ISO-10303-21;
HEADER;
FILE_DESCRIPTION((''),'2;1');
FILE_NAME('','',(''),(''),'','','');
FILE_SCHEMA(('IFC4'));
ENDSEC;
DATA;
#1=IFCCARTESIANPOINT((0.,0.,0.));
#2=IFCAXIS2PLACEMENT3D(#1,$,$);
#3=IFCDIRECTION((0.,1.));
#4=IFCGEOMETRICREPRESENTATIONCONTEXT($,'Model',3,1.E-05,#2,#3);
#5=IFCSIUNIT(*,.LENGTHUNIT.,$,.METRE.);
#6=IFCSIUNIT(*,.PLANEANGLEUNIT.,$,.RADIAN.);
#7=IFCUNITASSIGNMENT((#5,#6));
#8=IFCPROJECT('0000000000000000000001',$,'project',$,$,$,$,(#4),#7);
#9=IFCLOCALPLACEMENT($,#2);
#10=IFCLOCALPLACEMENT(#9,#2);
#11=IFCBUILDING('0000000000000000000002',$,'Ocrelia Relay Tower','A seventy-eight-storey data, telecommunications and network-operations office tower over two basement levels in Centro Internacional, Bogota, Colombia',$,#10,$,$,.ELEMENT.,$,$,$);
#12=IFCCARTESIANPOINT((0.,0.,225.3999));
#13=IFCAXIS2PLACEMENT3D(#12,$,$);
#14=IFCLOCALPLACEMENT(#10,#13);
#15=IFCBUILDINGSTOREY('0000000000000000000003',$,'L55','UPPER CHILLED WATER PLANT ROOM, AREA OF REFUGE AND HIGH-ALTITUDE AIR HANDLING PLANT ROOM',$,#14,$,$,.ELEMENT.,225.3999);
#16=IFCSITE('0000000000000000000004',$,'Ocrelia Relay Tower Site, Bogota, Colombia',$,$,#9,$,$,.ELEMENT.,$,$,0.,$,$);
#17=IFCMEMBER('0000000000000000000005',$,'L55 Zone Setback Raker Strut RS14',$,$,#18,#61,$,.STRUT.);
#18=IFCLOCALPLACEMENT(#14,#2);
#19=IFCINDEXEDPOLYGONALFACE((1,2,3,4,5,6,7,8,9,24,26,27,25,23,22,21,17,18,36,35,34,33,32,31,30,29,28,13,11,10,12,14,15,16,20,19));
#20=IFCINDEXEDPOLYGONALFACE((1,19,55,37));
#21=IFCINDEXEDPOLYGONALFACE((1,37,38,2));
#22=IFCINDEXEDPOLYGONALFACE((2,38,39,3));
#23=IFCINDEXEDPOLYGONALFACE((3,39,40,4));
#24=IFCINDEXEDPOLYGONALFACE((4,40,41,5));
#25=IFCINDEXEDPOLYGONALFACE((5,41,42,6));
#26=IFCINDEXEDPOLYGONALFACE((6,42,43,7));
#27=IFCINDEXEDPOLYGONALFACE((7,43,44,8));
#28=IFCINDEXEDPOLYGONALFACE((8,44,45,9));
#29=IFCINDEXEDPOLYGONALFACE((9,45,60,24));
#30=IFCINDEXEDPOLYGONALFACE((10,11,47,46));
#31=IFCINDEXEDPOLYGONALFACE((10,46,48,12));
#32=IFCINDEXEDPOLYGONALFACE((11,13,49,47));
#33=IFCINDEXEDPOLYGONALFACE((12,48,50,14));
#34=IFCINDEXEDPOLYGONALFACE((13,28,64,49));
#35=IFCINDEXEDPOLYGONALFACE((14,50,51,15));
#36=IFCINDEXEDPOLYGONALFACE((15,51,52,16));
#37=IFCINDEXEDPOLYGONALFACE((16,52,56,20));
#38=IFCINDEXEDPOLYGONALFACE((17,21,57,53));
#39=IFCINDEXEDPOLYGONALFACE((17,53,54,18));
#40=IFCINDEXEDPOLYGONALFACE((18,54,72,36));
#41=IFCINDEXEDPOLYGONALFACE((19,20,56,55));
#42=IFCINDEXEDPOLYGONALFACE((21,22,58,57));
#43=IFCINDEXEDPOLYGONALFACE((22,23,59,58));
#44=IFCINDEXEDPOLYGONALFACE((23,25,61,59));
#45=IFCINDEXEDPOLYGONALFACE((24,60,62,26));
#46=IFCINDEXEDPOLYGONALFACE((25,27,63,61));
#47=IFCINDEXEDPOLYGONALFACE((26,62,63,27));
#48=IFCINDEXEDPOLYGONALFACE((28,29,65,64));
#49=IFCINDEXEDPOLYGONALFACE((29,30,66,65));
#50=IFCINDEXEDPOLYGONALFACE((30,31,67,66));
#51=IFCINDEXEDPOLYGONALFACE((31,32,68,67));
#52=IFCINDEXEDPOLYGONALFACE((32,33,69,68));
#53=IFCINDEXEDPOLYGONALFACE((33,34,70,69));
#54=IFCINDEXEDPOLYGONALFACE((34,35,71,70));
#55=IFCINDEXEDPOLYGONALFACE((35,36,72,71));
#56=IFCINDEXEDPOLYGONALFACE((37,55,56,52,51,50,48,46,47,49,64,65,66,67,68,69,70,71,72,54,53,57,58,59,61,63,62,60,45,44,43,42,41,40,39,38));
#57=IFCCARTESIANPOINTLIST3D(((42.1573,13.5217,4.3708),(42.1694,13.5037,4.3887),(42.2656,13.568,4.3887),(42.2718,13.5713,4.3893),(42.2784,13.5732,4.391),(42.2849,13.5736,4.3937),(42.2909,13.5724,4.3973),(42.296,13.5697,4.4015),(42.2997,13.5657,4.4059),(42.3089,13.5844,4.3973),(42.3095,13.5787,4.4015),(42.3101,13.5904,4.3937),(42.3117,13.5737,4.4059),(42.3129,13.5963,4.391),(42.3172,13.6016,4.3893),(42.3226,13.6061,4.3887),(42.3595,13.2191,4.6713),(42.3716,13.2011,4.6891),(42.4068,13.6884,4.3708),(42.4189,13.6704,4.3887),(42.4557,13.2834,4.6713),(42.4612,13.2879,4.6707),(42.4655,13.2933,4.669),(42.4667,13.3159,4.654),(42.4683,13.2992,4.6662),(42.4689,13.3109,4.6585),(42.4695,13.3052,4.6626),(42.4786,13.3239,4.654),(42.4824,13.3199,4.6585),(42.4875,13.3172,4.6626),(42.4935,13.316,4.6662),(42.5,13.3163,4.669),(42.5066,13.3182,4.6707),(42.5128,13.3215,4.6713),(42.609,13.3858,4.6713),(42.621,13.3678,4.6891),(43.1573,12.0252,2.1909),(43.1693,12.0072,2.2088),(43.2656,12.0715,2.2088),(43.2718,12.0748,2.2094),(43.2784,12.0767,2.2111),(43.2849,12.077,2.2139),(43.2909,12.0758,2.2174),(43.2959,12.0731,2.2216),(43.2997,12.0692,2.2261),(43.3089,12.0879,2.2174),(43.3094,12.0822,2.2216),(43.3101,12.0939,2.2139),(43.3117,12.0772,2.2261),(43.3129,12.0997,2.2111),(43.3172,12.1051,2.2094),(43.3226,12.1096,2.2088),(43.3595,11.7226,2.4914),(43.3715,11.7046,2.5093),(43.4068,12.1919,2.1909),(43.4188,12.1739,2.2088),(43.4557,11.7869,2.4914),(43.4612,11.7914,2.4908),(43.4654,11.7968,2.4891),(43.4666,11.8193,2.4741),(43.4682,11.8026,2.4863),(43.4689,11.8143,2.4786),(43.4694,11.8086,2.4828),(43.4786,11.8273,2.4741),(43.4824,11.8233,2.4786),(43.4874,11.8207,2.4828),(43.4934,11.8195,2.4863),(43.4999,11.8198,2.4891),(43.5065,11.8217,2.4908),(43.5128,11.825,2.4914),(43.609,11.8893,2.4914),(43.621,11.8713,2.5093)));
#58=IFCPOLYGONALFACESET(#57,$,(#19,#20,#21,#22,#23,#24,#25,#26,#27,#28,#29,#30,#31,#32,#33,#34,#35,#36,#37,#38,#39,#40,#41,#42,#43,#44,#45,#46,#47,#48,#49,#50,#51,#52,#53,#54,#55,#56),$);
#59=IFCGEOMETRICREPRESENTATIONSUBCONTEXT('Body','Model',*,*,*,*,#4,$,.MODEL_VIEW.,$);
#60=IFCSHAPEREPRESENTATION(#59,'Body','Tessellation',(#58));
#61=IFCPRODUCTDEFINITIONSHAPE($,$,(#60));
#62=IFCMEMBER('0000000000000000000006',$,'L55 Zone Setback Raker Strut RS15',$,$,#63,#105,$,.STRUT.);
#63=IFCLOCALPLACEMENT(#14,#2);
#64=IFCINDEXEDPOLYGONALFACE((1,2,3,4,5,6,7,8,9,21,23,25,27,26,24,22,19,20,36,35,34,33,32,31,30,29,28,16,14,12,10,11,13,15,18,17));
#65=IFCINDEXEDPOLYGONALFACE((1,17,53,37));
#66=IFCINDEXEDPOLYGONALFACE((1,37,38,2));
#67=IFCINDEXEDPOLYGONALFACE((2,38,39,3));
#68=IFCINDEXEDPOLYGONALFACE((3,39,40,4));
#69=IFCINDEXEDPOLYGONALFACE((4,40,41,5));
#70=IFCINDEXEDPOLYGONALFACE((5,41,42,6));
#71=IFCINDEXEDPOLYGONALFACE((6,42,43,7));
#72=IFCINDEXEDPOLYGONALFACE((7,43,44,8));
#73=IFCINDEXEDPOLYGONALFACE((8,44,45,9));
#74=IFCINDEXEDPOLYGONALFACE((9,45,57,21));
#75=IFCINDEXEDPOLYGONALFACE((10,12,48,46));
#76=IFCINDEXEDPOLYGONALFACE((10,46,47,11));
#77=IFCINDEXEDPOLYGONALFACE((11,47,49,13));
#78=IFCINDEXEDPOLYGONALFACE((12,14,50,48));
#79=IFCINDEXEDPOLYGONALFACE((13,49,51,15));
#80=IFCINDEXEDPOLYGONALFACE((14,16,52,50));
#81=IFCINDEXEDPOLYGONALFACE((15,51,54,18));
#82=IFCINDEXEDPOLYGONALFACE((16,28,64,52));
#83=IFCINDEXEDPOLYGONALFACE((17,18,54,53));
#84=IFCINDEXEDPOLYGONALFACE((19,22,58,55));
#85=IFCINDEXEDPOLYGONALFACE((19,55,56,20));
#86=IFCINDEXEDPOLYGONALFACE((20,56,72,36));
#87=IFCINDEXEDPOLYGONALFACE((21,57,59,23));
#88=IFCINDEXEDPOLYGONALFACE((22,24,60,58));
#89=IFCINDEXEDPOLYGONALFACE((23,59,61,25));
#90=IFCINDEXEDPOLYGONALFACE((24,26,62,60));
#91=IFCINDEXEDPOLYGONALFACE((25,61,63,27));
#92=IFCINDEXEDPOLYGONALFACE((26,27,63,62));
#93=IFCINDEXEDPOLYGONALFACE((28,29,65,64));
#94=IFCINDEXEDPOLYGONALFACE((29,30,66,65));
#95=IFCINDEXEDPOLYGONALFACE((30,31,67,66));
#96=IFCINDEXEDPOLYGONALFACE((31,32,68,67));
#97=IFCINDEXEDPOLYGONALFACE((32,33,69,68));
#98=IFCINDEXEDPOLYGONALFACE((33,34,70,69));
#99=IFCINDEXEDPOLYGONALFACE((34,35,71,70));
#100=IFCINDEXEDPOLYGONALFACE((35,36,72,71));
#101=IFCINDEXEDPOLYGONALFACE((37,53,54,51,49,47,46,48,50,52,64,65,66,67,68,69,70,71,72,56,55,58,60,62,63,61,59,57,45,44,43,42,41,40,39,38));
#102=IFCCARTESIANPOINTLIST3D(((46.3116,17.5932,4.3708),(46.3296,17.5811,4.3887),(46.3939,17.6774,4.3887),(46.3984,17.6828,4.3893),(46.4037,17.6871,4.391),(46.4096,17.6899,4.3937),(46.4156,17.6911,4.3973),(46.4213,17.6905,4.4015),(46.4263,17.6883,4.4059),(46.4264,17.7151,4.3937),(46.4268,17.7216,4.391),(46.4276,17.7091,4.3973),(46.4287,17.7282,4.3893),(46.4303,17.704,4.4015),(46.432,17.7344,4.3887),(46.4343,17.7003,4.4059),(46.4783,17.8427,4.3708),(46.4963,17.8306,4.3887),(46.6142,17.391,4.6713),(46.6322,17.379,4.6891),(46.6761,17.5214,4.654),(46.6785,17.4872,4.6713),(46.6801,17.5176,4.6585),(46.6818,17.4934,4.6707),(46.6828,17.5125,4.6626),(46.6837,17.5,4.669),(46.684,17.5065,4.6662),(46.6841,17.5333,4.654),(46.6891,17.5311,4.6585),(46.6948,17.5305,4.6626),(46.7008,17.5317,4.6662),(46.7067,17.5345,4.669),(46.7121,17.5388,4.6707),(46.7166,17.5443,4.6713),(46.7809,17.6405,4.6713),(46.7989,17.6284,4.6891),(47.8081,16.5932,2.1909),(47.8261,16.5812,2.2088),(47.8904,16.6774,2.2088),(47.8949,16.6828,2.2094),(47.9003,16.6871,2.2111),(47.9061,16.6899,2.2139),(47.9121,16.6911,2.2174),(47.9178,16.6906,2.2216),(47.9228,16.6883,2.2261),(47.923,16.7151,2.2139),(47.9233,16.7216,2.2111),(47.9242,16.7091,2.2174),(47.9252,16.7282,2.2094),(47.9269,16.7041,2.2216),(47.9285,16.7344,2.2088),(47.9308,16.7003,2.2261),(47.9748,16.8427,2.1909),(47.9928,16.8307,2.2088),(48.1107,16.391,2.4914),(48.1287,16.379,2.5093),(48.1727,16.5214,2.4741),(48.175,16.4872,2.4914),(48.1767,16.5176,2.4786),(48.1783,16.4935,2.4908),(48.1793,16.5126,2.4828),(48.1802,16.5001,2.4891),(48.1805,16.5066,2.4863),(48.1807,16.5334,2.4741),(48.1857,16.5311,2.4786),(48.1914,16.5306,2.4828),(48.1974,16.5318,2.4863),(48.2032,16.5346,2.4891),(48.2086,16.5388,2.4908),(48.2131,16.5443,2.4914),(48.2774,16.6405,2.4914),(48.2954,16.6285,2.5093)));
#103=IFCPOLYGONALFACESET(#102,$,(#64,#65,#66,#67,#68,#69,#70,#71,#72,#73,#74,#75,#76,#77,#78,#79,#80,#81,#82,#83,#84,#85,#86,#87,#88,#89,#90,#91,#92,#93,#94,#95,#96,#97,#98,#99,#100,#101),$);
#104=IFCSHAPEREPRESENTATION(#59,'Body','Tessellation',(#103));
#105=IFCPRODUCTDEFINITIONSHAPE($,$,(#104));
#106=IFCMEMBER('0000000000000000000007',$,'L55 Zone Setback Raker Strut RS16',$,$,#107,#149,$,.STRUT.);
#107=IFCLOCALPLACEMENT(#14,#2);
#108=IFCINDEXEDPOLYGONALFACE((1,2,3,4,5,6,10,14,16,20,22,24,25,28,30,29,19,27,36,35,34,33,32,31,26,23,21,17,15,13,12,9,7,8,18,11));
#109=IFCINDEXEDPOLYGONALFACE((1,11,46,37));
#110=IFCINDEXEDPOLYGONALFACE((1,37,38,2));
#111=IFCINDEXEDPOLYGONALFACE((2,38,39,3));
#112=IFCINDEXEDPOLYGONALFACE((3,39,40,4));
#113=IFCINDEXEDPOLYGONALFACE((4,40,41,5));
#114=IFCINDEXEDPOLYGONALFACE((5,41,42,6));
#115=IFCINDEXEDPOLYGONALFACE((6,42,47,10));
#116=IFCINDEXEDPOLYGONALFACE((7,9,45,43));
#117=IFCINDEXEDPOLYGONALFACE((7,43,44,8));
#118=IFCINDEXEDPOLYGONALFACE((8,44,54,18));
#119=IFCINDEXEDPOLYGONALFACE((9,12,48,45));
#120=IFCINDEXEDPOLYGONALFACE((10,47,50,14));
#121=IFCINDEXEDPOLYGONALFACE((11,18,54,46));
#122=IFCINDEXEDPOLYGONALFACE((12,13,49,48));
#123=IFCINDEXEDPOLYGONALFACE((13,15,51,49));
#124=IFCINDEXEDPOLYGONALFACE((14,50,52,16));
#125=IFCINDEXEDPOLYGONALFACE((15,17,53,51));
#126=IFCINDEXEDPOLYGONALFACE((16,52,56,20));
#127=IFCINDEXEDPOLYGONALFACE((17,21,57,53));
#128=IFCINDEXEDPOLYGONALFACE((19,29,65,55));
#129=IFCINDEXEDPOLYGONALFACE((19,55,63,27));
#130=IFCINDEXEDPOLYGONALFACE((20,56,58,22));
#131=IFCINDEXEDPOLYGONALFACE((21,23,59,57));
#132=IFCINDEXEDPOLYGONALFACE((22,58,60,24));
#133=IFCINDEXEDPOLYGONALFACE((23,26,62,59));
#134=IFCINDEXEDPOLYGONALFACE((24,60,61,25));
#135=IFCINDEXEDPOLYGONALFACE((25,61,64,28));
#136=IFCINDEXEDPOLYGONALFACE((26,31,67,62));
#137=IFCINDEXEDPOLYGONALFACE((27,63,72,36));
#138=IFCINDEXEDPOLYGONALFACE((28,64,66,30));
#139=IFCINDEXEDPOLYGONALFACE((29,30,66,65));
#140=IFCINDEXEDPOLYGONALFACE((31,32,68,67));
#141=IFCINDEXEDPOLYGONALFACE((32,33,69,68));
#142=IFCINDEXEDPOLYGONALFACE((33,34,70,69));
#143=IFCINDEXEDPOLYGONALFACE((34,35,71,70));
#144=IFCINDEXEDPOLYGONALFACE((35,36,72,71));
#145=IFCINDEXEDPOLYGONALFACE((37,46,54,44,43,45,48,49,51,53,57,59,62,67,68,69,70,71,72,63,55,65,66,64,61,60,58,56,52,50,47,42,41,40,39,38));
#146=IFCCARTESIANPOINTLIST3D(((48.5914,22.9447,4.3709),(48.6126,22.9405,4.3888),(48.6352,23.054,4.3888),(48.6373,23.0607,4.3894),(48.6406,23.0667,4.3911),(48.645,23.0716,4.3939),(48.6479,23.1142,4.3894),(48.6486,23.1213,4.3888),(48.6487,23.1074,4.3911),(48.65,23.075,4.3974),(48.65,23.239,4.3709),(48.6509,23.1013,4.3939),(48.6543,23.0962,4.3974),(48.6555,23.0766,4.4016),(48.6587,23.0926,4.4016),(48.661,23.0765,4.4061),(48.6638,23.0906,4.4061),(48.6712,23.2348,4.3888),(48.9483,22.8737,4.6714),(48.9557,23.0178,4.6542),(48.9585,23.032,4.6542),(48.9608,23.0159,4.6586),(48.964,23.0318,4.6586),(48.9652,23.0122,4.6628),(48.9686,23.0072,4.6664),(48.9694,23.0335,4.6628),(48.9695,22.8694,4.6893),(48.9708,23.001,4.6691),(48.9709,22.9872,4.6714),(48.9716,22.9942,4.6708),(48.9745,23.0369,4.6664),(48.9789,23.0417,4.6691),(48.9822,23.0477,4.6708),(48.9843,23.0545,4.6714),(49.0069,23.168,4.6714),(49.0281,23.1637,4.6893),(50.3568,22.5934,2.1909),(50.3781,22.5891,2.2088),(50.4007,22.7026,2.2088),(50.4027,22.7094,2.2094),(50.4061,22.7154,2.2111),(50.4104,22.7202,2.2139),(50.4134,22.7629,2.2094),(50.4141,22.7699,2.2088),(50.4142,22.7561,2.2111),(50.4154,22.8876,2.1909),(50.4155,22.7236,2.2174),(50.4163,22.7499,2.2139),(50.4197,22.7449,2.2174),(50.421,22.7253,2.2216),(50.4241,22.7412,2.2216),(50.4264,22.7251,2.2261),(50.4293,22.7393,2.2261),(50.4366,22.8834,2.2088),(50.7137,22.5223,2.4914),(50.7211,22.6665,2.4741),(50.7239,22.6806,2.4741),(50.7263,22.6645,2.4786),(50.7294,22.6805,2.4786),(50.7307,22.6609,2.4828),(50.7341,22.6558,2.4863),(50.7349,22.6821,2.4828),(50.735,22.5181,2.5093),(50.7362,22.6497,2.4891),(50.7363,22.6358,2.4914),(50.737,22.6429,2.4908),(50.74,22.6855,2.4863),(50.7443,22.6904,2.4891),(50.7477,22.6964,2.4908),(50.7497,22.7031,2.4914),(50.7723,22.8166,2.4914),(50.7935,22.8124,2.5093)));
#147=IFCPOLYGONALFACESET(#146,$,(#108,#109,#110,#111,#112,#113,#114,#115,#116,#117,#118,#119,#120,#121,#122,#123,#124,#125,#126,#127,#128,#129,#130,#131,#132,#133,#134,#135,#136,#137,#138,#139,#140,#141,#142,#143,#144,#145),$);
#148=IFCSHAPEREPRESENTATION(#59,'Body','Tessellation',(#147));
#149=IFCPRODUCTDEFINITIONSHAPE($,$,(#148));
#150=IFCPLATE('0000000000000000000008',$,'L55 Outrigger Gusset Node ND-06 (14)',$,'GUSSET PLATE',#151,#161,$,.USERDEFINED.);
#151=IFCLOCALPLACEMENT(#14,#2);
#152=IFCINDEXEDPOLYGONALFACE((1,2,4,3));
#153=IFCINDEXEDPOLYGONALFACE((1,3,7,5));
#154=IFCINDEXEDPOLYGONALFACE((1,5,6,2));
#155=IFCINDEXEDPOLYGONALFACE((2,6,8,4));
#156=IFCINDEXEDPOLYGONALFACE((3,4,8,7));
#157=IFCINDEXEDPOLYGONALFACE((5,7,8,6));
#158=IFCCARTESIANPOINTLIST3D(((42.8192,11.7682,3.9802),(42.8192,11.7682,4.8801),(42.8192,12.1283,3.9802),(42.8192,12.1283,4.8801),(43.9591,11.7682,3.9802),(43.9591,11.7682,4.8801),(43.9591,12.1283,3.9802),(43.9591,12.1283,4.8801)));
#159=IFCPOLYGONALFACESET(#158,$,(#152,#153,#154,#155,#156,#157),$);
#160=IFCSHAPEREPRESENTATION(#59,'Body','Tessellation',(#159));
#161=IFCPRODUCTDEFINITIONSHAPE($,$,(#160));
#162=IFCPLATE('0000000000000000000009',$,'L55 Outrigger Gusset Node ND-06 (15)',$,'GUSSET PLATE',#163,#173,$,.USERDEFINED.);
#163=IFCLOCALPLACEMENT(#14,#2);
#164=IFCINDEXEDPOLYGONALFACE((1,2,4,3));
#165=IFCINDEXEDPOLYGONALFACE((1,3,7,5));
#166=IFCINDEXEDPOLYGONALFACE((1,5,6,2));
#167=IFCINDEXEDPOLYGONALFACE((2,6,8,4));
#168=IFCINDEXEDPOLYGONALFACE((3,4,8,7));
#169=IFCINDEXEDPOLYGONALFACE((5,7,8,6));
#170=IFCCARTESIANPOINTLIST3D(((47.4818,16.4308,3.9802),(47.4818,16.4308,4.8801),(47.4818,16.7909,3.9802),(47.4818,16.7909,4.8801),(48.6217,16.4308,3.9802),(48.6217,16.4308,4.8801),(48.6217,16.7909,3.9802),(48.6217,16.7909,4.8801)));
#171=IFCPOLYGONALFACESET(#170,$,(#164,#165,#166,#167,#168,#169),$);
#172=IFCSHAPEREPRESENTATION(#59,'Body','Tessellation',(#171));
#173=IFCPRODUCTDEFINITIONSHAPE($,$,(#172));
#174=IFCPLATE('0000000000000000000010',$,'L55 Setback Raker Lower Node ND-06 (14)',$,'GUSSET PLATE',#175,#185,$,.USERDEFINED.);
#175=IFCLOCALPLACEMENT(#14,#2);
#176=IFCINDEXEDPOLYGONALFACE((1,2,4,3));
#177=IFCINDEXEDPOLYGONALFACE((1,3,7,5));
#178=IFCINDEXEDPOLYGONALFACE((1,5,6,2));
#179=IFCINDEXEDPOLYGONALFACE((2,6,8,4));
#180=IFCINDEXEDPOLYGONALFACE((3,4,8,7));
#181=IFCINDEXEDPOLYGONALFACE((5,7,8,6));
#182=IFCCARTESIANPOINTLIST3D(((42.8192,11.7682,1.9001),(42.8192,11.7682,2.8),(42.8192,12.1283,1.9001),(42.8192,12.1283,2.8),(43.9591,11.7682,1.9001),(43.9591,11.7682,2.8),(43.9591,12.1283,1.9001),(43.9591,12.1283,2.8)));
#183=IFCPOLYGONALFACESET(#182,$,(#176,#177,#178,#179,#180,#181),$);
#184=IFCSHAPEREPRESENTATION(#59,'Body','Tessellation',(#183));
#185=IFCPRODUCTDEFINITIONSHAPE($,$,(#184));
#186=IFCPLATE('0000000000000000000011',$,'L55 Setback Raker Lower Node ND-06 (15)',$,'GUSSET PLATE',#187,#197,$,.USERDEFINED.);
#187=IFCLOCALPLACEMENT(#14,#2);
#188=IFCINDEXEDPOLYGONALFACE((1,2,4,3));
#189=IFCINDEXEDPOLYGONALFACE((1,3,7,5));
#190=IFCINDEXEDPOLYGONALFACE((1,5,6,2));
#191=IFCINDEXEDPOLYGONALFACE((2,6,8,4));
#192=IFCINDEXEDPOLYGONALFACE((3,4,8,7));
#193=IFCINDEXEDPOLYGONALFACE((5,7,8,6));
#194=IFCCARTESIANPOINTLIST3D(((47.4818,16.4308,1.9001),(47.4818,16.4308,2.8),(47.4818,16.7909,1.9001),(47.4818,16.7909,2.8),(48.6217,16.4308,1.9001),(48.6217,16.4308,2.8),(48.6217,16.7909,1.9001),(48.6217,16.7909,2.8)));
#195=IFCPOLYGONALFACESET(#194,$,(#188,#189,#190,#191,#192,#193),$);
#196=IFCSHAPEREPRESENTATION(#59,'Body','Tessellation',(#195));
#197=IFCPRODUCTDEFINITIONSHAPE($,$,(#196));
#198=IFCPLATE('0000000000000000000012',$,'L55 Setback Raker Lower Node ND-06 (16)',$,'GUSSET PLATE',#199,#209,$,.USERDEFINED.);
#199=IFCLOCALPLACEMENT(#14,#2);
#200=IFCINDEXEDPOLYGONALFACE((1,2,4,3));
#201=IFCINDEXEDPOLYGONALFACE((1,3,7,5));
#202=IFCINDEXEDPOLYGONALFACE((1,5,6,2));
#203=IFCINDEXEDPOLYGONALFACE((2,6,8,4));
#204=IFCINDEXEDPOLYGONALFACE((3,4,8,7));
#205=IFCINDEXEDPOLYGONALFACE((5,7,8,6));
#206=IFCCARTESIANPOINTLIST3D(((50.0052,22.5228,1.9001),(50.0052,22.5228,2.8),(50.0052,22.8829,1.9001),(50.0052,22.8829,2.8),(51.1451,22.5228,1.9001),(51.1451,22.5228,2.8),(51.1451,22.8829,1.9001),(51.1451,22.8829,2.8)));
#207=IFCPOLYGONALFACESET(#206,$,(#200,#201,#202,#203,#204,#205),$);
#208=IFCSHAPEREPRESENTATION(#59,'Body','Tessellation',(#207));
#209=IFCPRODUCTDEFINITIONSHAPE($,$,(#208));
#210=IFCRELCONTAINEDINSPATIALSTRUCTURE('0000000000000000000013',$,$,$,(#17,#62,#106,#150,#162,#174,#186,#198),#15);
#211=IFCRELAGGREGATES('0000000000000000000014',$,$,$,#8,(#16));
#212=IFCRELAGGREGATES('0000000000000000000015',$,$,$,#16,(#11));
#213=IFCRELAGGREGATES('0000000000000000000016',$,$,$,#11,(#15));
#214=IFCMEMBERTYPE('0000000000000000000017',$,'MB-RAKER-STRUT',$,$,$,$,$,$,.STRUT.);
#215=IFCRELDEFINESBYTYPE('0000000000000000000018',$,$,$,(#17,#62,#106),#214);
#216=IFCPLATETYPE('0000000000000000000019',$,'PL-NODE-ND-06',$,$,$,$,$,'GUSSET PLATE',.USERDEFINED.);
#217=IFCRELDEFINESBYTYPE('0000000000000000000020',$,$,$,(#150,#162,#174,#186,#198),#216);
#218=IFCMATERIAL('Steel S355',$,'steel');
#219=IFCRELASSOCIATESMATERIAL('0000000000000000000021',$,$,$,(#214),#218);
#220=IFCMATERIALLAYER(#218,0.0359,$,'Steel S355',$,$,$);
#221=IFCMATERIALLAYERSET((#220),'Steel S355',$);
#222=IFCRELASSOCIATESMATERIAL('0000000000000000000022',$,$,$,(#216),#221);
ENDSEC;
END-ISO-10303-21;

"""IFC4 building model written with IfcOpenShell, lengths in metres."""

from ifc_helpers import new_model, si_unit, direction, frame, origin, origin_2d, place, context, subcontext, project, spatial, rectangle, i_section, extrude, material, layer, layer_set, material_profile, profile_set, type_object, element, save


model = new_model("IFC4")

# Units and contexts
model_context = context("Model", 3, precision=1e-05, world=origin(), true_north=direction((0.0, 1.0)))
body_context = subcontext(model_context, "Body", "Model", "MODEL_VIEW")
ifc_project = project(units=[si_unit("LENGTHUNIT", "METRE"), si_unit("PLANEANGLEUNIT", "RADIAN")], contexts=[model_context])

# Site, building, storey
site_placement = place(None, origin())
site = spatial("IfcSite", under=ifc_project, at=site_placement, Name="Ocrelia Relay Tower Site, Bogota, Colombia", CompositionType="ELEMENT", RefElevation=0.0)
building_placement = place(site_placement, origin())
building = spatial("IfcBuilding", under=site, at=building_placement, Name="Ocrelia Relay Tower", Description="A seventy-eight-storey data, telecommunications and network-operations office tower over two basement levels in Centro Internacional, Bogota, Colombia", CompositionType="ELEMENT")
storey_placement = place(building_placement, frame((0.0, 0.0, 225.3999)))
storey = spatial("IfcBuildingStorey", under=building, at=storey_placement, Name="L55", Description="UPPER CHILLED WATER PLANT ROOM, AREA OF REFUGE AND HIGH-ALTITUDE AIR HANDLING PLANT ROOM", CompositionType="ELEMENT", Elevation=225.3999)

# Shared definitions
ifc_material_1 = material(Name="Steel S355", Category="steel")

# Members
ifc_material_profile_1 = material_profile(ifc_material_1, i_section(OverallWidth=0.3, OverallDepth=0.5, WebThickness=0.0144, FlangeThickness=0.0281, FilletRadius=0.0271, at=origin_2d()), Name="HEB 500")
ifc_profile_set_1 = profile_set([ifc_material_profile_1], Name="Steel S355")
member_type_1 = type_object("IfcMemberType", Name="MB-RAKER-STRUT", PredefinedType="STRUT", material=ifc_profile_set_1)
for number, where, z_axis, x_axis, name in (
    (1, (43.3892, 11.9482, 2.3501), (-0.353733, 0.529391, 0.771115), (-0.831466, -0.555576, 0.0), "L55 Zone Setback Raker Strut RS14"),
    (2, (48.0518, 16.6108, 2.3501), (-0.529391, 0.353733, 0.771115), (-0.555576, -0.831466, 0.0), "L55 Zone Setback Raker Strut RS15"),
):
    element("IfcMember", number, at=place(storey_placement, frame(where, z_axis=z_axis, x_axis=x_axis)), inside=storey, type_object=member_type_1, Name=name, PredefinedType="STRUT", context=body_context, shape_type="SweptSolid", body=[
        extrude(i_section(OverallWidth=0.3, OverallDepth=0.5, WebThickness=0.0144, FlangeThickness=0.0281, FilletRadius=0.0271, at=origin_2d()), origin(), (0.0, 0.0, 1.0), 2.8269),
    ])
member_placement = place(storey_placement, frame((50.5752, 22.7029, 2.3501), z_axis=(-0.624465, 0.124271, 0.771103), x_axis=(-0.195177, -0.980768, 0.0)))
element("IfcMember", 3, at=member_placement, inside=storey, type_object=member_type_1, Name="L55 Zone Setback Raker Strut RS16", PredefinedType="STRUT", context=body_context, shape_type="SweptSolid", body=[
    extrude(i_section(OverallWidth=0.3, OverallDepth=0.5, WebThickness=0.0144, FlangeThickness=0.0281, FilletRadius=0.0271, at=origin_2d()), origin(), (0.0, 0.0, 1.0), 2.8271),
])

# Plates
ifc_layer_1 = layer(ifc_material_1, 0.0359, Name="Steel S355")
ifc_layer_set_1 = layer_set([ifc_layer_1], Name="Steel S355")
plate_type = type_object("IfcPlateType", Name="PL-NODE-ND-06", ElementType="GUSSET PLATE", PredefinedType="USERDEFINED", material=ifc_layer_set_1)
for number, where, z_axis, x_axis, name in (
    (4, (43.3892, 11.9482, 3.9802), (0.0, 0.0, 1.0), (1.0, 0.0, 0.0), "L55 Outrigger Gusset Node ND-06 (14)"),
    (5, (48.0518, 16.6108, 3.9802), (0.0, 0.0, 1.0), (1.0, 0.0, 0.0), "L55 Outrigger Gusset Node ND-06 (15)"),
    (6, (43.3892, 11.9482, 1.9001), (0.0, 0.0, 1.0), (1.0, 0.0, 0.0), "L55 Setback Raker Lower Node ND-06 (14)"),
    (7, (48.0518, 16.6108, 1.9001), (0.0, 0.0, 1.0), (1.0, 0.0, 0.0), "L55 Setback Raker Lower Node ND-06 (15)"),
    (8, (50.5752, 22.7029, 1.9001), (0.0, 0.0, 1.0), (1.0, 0.0, 0.0), "L55 Setback Raker Lower Node ND-06 (16)"),
):
    element("IfcPlate", number, at=place(storey_placement, frame(where, z_axis=z_axis, x_axis=x_axis)), inside=storey, type_object=plate_type, Name=name, ObjectType="GUSSET PLATE", PredefinedType="USERDEFINED", context=body_context, shape_type="SweptSolid", body=[
        extrude(rectangle(XDim=1.1399, YDim=0.3601, at=origin_2d()), origin(), (0.0, 0.0, 1.0), 0.8999),
    ])

save(model, "model.ifc")
